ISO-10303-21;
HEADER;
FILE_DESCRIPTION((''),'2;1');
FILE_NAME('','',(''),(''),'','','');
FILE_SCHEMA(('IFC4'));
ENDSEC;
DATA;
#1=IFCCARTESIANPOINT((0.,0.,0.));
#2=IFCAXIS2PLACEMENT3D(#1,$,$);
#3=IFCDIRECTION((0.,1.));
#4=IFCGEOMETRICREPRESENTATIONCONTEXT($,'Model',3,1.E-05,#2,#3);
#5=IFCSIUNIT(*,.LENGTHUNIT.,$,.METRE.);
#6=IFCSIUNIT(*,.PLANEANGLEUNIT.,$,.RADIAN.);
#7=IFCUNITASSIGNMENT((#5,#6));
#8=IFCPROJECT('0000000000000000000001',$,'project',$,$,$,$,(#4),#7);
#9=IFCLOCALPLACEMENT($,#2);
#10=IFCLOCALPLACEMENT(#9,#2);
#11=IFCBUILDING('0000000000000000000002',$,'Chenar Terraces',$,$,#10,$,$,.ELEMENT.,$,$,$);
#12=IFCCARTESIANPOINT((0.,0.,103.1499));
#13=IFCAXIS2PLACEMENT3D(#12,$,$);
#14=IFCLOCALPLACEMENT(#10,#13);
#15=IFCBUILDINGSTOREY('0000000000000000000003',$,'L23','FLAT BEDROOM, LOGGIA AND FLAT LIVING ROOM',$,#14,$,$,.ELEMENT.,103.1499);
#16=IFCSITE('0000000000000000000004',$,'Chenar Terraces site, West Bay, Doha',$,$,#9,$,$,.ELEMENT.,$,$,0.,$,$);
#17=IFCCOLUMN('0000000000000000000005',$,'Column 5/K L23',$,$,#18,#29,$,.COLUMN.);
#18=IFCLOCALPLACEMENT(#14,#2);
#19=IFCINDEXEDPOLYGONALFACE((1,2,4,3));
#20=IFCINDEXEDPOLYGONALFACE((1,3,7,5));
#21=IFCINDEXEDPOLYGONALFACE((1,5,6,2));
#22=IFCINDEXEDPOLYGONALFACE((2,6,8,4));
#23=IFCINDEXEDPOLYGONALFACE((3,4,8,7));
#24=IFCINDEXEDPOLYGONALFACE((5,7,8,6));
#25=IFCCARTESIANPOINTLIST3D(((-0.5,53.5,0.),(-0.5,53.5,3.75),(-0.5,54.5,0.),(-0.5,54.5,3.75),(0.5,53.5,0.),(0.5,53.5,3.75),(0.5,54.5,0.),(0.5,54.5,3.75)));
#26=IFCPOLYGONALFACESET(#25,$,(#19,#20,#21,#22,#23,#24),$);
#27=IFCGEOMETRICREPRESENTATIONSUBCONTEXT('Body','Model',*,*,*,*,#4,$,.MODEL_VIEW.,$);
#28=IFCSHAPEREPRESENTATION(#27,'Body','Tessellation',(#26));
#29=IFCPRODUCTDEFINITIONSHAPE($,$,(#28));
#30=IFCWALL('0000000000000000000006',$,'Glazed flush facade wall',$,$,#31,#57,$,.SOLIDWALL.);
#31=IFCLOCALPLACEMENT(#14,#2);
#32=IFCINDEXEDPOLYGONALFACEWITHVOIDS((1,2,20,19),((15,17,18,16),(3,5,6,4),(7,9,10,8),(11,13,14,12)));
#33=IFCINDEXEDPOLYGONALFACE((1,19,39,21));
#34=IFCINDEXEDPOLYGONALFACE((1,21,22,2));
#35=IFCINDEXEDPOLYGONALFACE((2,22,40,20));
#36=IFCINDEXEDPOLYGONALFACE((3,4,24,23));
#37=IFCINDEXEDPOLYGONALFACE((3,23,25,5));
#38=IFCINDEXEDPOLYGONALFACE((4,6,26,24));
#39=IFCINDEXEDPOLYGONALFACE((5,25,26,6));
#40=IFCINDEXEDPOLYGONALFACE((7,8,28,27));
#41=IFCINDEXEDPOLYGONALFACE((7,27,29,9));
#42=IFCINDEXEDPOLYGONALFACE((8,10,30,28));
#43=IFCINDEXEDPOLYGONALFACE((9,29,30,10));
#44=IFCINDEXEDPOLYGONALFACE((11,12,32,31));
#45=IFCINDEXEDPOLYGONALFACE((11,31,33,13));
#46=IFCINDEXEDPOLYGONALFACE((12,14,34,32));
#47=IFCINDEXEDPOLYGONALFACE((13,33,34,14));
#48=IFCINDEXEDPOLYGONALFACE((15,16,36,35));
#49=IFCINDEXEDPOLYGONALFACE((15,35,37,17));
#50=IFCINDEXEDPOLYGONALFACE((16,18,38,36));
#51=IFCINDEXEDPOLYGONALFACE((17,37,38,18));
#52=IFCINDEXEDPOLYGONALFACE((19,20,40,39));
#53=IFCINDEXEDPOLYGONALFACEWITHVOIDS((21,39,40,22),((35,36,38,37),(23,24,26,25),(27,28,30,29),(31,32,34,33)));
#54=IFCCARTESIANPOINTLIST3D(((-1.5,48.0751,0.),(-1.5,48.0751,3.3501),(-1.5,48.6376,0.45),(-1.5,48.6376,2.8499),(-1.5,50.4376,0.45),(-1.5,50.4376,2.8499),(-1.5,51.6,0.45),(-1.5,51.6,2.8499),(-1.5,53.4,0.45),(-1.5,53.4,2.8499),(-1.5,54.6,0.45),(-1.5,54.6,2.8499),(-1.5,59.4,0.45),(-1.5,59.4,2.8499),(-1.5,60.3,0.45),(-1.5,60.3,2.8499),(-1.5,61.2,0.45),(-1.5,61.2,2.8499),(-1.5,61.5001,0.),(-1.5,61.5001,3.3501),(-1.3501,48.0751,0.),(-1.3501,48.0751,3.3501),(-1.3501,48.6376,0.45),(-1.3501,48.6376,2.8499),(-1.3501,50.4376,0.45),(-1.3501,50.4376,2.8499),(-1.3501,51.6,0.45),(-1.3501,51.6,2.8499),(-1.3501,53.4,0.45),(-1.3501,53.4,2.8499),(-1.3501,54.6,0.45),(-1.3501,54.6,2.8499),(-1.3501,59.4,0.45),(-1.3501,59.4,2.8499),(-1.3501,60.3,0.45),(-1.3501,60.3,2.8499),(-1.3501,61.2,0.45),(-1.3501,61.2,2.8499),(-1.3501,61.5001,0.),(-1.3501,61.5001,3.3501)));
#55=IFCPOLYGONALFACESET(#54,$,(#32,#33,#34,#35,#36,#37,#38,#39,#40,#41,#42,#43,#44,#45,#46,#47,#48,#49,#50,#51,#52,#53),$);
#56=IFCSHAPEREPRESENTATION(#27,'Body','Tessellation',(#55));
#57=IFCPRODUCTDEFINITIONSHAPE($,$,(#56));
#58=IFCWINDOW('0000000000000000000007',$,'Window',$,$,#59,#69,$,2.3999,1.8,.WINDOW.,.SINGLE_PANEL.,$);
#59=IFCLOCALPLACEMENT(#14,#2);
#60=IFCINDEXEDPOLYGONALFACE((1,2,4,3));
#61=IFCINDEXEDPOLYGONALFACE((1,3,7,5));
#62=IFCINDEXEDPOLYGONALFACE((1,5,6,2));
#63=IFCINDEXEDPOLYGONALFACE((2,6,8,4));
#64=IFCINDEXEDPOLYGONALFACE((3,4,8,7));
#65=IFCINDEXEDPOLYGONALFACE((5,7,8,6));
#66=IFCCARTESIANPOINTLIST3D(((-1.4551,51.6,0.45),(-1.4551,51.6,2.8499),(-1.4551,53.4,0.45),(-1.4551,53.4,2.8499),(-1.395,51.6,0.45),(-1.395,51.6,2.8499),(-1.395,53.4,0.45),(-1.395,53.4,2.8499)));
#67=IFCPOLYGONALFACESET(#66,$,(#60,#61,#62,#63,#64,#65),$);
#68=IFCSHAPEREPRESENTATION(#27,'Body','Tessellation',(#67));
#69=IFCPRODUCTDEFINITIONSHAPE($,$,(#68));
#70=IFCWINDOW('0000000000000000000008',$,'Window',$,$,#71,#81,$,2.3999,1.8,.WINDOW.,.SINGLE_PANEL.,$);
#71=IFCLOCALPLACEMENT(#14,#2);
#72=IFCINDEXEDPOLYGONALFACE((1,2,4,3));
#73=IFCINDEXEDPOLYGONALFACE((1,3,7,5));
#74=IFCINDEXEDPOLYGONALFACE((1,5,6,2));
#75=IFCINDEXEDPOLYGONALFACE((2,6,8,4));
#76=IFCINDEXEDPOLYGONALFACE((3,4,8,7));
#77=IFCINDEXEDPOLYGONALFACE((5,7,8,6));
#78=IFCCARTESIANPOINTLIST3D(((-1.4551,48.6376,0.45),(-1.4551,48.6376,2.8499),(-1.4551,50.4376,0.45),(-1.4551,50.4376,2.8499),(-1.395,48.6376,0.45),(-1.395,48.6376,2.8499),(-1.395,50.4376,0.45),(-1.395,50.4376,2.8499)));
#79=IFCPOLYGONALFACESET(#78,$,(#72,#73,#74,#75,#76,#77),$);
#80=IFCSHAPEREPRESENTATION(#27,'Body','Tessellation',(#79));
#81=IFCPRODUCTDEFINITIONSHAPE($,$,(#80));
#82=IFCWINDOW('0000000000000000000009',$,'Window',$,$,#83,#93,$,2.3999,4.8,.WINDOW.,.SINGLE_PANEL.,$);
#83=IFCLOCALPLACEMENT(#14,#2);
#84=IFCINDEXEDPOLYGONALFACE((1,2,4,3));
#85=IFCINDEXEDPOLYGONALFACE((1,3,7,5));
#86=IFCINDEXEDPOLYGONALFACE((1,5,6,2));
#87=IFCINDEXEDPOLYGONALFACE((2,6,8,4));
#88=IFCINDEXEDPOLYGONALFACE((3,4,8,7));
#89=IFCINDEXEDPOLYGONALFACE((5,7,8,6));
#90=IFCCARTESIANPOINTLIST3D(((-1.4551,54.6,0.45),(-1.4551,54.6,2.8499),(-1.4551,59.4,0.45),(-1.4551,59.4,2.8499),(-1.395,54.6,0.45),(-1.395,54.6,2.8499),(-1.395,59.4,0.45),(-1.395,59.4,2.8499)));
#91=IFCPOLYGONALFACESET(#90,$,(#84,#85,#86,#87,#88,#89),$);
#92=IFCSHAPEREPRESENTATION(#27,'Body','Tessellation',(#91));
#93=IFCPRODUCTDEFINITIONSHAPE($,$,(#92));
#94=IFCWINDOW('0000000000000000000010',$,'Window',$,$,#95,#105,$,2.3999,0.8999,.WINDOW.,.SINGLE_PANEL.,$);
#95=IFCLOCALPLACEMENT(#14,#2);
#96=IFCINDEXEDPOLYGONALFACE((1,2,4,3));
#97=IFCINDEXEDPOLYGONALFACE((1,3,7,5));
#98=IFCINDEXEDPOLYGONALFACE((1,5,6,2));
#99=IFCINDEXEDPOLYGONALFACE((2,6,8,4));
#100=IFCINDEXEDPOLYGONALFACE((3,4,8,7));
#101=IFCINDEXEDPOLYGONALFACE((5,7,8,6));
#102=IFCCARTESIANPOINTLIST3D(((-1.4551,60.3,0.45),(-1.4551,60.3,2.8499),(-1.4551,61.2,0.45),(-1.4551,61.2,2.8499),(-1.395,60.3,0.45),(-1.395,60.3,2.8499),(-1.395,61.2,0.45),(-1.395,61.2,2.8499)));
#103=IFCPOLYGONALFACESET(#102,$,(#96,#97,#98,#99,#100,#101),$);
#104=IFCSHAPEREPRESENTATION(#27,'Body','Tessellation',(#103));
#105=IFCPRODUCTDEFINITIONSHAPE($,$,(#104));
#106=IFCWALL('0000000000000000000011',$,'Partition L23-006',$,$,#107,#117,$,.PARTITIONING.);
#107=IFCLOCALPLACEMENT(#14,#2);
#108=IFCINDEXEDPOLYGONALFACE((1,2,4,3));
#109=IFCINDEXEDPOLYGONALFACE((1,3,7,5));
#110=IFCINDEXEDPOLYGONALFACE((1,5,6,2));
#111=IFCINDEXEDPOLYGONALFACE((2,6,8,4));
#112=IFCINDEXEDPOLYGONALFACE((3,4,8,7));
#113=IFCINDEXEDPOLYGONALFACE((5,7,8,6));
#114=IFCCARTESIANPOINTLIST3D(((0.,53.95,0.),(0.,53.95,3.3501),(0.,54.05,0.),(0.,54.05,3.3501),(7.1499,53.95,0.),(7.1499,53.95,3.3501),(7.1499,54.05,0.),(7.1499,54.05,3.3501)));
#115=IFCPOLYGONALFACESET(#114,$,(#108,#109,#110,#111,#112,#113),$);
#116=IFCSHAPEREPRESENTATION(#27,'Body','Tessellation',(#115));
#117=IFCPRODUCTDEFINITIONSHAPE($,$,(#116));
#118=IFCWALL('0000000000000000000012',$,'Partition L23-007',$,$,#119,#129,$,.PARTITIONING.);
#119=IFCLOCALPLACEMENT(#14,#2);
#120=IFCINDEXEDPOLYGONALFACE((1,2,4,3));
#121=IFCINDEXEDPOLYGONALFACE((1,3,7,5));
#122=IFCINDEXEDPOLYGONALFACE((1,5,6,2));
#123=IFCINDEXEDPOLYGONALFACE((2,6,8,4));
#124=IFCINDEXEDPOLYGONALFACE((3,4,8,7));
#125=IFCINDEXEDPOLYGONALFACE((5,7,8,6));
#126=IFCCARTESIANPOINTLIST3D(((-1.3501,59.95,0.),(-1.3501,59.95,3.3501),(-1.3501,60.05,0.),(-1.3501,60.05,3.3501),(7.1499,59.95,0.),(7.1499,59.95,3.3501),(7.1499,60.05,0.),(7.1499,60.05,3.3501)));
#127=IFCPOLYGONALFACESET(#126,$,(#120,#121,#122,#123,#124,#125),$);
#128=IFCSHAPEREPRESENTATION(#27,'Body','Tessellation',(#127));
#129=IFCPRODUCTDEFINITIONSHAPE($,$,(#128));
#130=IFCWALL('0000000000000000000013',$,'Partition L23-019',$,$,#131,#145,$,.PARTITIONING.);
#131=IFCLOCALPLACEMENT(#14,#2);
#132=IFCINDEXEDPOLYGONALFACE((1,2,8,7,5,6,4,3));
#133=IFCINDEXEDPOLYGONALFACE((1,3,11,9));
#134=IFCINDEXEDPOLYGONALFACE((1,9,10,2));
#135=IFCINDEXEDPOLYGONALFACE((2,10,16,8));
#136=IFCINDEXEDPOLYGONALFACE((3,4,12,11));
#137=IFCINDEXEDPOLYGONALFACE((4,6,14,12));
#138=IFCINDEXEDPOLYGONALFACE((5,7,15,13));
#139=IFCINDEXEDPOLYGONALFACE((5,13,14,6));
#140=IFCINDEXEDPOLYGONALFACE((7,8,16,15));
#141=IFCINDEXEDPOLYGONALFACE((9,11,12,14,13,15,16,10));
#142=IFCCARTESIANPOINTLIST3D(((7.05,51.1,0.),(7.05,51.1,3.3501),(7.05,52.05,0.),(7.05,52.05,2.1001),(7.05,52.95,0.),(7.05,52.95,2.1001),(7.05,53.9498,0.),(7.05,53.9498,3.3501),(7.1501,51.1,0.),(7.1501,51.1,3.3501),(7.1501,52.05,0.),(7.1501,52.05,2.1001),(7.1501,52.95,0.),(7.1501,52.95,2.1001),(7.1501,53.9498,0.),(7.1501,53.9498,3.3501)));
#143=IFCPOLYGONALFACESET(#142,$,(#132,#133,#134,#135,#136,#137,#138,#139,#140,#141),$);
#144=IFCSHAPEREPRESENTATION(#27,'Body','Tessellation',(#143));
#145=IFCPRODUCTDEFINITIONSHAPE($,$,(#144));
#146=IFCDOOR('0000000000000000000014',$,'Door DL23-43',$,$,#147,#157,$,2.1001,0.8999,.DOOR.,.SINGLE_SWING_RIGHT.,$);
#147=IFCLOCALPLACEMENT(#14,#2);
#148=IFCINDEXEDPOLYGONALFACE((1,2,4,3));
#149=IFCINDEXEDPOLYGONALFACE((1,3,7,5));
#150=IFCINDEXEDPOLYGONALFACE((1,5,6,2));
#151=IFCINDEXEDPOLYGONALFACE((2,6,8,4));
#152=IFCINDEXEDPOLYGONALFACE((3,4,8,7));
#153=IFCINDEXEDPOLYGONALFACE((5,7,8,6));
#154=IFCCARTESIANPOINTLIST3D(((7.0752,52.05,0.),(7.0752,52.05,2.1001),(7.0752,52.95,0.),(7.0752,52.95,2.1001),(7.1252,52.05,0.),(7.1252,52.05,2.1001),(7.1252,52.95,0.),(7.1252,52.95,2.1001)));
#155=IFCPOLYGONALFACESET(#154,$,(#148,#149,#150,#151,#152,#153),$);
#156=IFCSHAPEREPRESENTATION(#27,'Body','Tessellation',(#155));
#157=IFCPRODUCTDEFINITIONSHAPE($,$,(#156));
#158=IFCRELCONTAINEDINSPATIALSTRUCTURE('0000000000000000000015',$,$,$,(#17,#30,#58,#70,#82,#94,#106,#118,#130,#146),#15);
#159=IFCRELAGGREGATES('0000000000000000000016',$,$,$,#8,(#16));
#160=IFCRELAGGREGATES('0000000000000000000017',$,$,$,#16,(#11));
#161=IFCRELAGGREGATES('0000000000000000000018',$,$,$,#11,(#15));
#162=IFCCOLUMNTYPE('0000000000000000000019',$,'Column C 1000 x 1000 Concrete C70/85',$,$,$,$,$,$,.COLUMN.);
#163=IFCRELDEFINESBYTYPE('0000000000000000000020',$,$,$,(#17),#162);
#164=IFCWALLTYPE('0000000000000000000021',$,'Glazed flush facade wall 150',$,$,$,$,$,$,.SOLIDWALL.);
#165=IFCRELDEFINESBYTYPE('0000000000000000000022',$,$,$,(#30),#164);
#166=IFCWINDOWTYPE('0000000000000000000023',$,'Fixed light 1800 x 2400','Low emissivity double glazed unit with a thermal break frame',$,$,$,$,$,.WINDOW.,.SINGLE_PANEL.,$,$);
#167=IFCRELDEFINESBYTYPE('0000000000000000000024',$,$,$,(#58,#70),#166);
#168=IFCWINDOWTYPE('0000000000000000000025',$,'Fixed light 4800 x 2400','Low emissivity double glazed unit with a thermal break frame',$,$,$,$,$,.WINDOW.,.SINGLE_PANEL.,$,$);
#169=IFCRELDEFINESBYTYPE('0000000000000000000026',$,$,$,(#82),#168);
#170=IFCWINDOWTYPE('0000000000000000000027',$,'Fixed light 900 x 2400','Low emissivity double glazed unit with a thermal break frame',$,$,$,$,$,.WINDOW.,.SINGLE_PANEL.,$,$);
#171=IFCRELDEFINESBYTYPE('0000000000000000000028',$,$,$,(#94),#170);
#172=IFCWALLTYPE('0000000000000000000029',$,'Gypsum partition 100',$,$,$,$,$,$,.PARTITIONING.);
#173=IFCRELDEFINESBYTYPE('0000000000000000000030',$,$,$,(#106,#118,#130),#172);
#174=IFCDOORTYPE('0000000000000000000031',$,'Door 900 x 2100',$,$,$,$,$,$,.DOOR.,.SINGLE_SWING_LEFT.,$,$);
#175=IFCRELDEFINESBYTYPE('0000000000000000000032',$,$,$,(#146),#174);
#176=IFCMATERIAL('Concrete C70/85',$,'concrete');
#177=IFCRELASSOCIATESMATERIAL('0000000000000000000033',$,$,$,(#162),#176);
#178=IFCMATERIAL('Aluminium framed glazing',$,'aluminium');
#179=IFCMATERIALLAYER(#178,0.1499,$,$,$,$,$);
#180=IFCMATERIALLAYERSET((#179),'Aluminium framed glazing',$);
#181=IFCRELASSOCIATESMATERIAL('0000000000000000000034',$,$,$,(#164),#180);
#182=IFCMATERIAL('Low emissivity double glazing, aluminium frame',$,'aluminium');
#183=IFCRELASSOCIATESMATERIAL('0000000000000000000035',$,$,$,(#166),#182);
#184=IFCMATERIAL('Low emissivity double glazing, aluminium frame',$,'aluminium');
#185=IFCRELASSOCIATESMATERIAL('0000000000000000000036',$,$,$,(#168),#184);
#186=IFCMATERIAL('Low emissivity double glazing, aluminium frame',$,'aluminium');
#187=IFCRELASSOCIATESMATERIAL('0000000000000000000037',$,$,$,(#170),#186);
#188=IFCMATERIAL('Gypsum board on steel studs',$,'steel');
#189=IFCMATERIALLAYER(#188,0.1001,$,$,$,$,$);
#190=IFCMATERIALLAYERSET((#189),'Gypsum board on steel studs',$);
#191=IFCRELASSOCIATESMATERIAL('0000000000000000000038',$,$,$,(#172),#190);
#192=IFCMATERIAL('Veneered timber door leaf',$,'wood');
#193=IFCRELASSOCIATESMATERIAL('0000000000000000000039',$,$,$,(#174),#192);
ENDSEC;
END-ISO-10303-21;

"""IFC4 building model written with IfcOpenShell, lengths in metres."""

from ifc_helpers import new_model, si_unit, direction, frame, frame_2d, origin, origin_2d, place, context, subcontext, project, spatial, rectangle, extrude, material, layer, layer_set, material_profile, profile_set, type_object, element, fill, save


model = new_model("IFC4")

# Units and contexts
model_context = context("Model", 3, precision=1e-05, world=origin(), true_north=direction((0.0, 1.0)))
body_context = subcontext(model_context, "Body", "Model", "MODEL_VIEW")
ifc_project = project(units=[si_unit("LENGTHUNIT", "METRE"), si_unit("PLANEANGLEUNIT", "RADIAN")], contexts=[model_context])

# Site, building, storey
site_placement = place(None, origin())
site = spatial("IfcSite", under=ifc_project, at=site_placement, Name="Chenar Terraces site, West Bay, Doha", CompositionType="ELEMENT", RefElevation=0.0)
building_placement = place(site_placement, origin())
building = spatial("IfcBuilding", under=site, at=building_placement, Name="Chenar Terraces", CompositionType="ELEMENT")
storey_placement = place(building_placement, frame((0.0, 0.0, 103.1499)))
storey = spatial("IfcBuildingStorey", under=building, at=storey_placement, Name="L23", Description="FLAT BEDROOM, LOGGIA AND FLAT LIVING ROOM", CompositionType="ELEMENT", Elevation=103.1499)

# Column
ifc_material_1 = material(Name="Concrete C70/85", Category="concrete")
ifc_material_profile = material_profile(ifc_material_1, rectangle(XDim=1.0, YDim=1.0, at=origin_2d()), Name="C 1000 x 1000")
ifc_profile_set = profile_set([ifc_material_profile], Name="Concrete C70/85")
column_type = type_object("IfcColumnType", Name="Column C 1000 x 1000 Concrete C70/85", PredefinedType="COLUMN", material=ifc_profile_set)
placement = place(storey_placement, frame((0.0, 54.0, 0.0), z_axis=(0.0, 0.0, 1.0), x_axis=(1.0, 0.0, 0.0)))
element("IfcColumn", 1, at=placement, inside=storey, type_object=column_type, Name="Column 5/K L23", PredefinedType="COLUMN", context=body_context, shape_type="SweptSolid", body=[
    extrude(rectangle(XDim=1.0, YDim=1.0, at=origin_2d()), origin(), (0.0, 0.0, 1.0), 3.75),
])

# Wall, openings, windows
ifc_material_2 = material(Name="Aluminium framed glazing", Category="aluminium")
ifc_layer_1 = layer(ifc_material_2, 0.1499)
ifc_layer_set_1 = layer_set([ifc_layer_1], Name="Aluminium framed glazing")
wall_type_1 = type_object("IfcWallType", Name="Glazed flush facade wall 150", PredefinedType="SOLIDWALL", material=ifc_layer_set_1)
wall_1_placement = place(storey_placement, frame((-1.425, 61.5, 0.0), z_axis=(0.0, 0.0, 1.0), x_axis=(0.0, -1.0, 0.0)))
wall_1 = element("IfcWall", 2, at=wall_1_placement, inside=storey, type_object=wall_type_1, Name="Glazed flush facade wall", PredefinedType="SOLIDWALL", context=body_context, shape_type="SweptSolid", body=[
    extrude(rectangle(XDim=13.425, YDim=0.1499, at=frame_2d((6.7124, 0.0))), origin(), (0.0, 0.0, 1.0), 3.3501),
])
opening_1_placement = place(wall_1_placement, frame((0.3, 0.0, 0.45)))
opening_1 = element("IfcOpeningElement", 3, at=opening_1_placement, cuts=wall_1, PredefinedType="OPENING", context=body_context, shape_type="SweptSolid", body=[
    extrude(rectangle(XDim=0.8999, YDim=2.3999, at=frame_2d((0.45, 1.2))), frame((0.0, 0.085, 0.0), z_axis=(0.0, -1.0, 0.0), x_axis=(1.0, 0.0, 0.0)), (0.0, 0.0, 1.0), 0.1699),
])
opening_2_placement = place(wall_1_placement, frame((2.1001, 0.0, 0.45)))
opening_2 = element("IfcOpeningElement", 4, at=opening_2_placement, cuts=wall_1, PredefinedType="OPENING", context=body_context, shape_type="SweptSolid", body=[
    extrude(rectangle(XDim=4.8, YDim=2.3999, at=frame_2d((2.3999, 1.2))), frame((0.0, 0.085, 0.0), z_axis=(0.0, -1.0, 0.0), x_axis=(1.0, 0.0, 0.0)), (0.0, 0.0, 1.0), 0.1699),
])
opening_3_placement = place(wall_1_placement, frame((8.1001, 0.0, 0.45)))
opening_3 = element("IfcOpeningElement", 5, at=opening_3_placement, cuts=wall_1, PredefinedType="OPENING", context=body_context, shape_type="SweptSolid", body=[
    extrude(rectangle(XDim=1.8, YDim=2.3999, at=frame_2d((0.8999, 1.2))), frame((0.0, 0.085, 0.0), z_axis=(0.0, -1.0, 0.0), x_axis=(1.0, 0.0, 0.0)), (0.0, 0.0, 1.0), 0.1699),
])
opening_4_placement = place(wall_1_placement, frame((11.0625, 0.0, 0.45)))
opening_4 = element("IfcOpeningElement", 6, at=opening_4_placement, cuts=wall_1, PredefinedType="OPENING", context=body_context, shape_type="SweptSolid", body=[
    extrude(rectangle(XDim=1.8, YDim=2.3999, at=frame_2d((0.8999, 1.2))), frame((0.0, 0.085, 0.0), z_axis=(0.0, -1.0, 0.0), x_axis=(1.0, 0.0, 0.0)), (0.0, 0.0, 1.0), 0.1699),
])
ifc_material_3 = material(Name="Low emissivity double glazing, aluminium frame", Category="aluminium")
window_type_1 = type_object("IfcWindowType", Name="Fixed light 1800 x 2400", Description="Low emissivity double glazed unit with a thermal break frame", PartitioningType="SINGLE_PANEL", PredefinedType="WINDOW", material=ifc_material_3)
window_1_placement = place(opening_3_placement, origin())
window_1 = element("IfcWindow", 7, at=window_1_placement, inside=storey, type_object=window_type_1, Name="Window", OverallHeight=2.3999, OverallWidth=1.8, PartitioningType="SINGLE_PANEL", PredefinedType="WINDOW", context=body_context, shape_type="SweptSolid", body=[
    extrude(rectangle(XDim=1.8, YDim=2.3999, at=frame_2d((0.8999, 1.2))), frame((0.0, 0.03, 0.0), z_axis=(0.0, -1.0, 0.0), x_axis=(1.0, 0.0, 0.0)), (0.0, 0.0, 1.0), 0.0601),
])
fill(opening_3, window_1)
window_2_placement = place(opening_4_placement, origin())
window_2 = element("IfcWindow", 8, at=window_2_placement, inside=storey, type_object=window_type_1, Name="Window", OverallHeight=2.3999, OverallWidth=1.8, PartitioningType="SINGLE_PANEL", PredefinedType="WINDOW", context=body_context, shape_type="SweptSolid", body=[
    extrude(rectangle(XDim=1.8, YDim=2.3999, at=frame_2d((0.8999, 1.2))), frame((0.0, 0.03, 0.0), z_axis=(0.0, -1.0, 0.0), x_axis=(1.0, 0.0, 0.0)), (0.0, 0.0, 1.0), 0.0601),
])
fill(opening_4, window_2)
ifc_material_4 = material(Name="Low emissivity double glazing, aluminium frame", Category="aluminium")
window_type_2 = type_object("IfcWindowType", Name="Fixed light 4800 x 2400", Description="Low emissivity double glazed unit with a thermal break frame", PartitioningType="SINGLE_PANEL", PredefinedType="WINDOW", material=ifc_material_4)
window_3_placement = place(opening_2_placement, origin())
window_3 = element("IfcWindow", 9, at=window_3_placement, inside=storey, type_object=window_type_2, Name="Window", OverallHeight=2.3999, OverallWidth=4.8, PartitioningType="SINGLE_PANEL", PredefinedType="WINDOW", context=body_context, shape_type="SweptSolid", body=[
    extrude(rectangle(XDim=4.8, YDim=2.3999, at=frame_2d((2.3999, 1.2))), frame((0.0, 0.03, 0.0), z_axis=(0.0, -1.0, 0.0), x_axis=(1.0, 0.0, 0.0)), (0.0, 0.0, 1.0), 0.0601),
])
fill(opening_2, window_3)
ifc_material_5 = material(Name="Low emissivity double glazing, aluminium frame", Category="aluminium")
window_type_3 = type_object("IfcWindowType", Name="Fixed light 900 x 2400", Description="Low emissivity double glazed unit with a thermal break frame", PartitioningType="SINGLE_PANEL", PredefinedType="WINDOW", material=ifc_material_5)
window_4_placement = place(opening_1_placement, origin())
window_4 = element("IfcWindow", 10, at=window_4_placement, inside=storey, type_object=window_type_3, Name="Window", OverallHeight=2.3999, OverallWidth=0.8999, PartitioningType="SINGLE_PANEL", PredefinedType="WINDOW", context=body_context, shape_type="SweptSolid", body=[
    extrude(rectangle(XDim=0.8999, YDim=2.3999, at=frame_2d((0.45, 1.2))), frame((0.0, 0.03, 0.0), z_axis=(0.0, -1.0, 0.0), x_axis=(1.0, 0.0, 0.0)), (0.0, 0.0, 1.0), 0.0601),
])
fill(opening_1, window_4)

# Walls
ifc_material_6 = material(Name="Gypsum board on steel studs", Category="steel")
ifc_layer_2 = layer(ifc_material_6, 0.1001)
ifc_layer_set_2 = layer_set([ifc_layer_2], Name="Gypsum board on steel studs")
wall_type_2 = type_object("IfcWallType", Name="Gypsum partition 100", PredefinedType="PARTITIONING", material=ifc_layer_set_2)
element("IfcWall", 11, at=placement, inside=storey, type_object=wall_type_2, Name="Partition L23-006", PredefinedType="PARTITIONING", context=body_context, shape_type="SweptSolid", body=[
    extrude(rectangle(XDim=7.1499, YDim=0.1001, at=frame_2d((3.575, 0.0))), origin(), (0.0, 0.0, 1.0), 3.3501),
])
wall_2_placement = place(storey_placement, frame((-1.3501, 60.0, 0.0), z_axis=(0.0, 0.0, 1.0), x_axis=(1.0, 0.0, 0.0)))
element("IfcWall", 12, at=wall_2_placement, inside=storey, type_object=wall_type_2, Name="Partition L23-007", PredefinedType="PARTITIONING", context=body_context, shape_type="SweptSolid", body=[
    extrude(rectangle(XDim=8.5, YDim=0.1001, at=frame_2d((4.25, 0.0))), origin(), (0.0, 0.0, 1.0), 3.3501),
])

# Wall, opening, door
wall_3_placement = place(storey_placement, frame((7.1001, 51.1001, 0.0), z_axis=(0.0, 0.0, 1.0), x_axis=(0.0, 1.0, 0.0)))
wall_3 = element("IfcWall", 13, at=wall_3_placement, inside=storey, type_object=wall_type_2, Name="Partition L23-019", PredefinedType="PARTITIONING", context=body_context, shape_type="SweptSolid", body=[
    extrude(rectangle(XDim=2.8499, YDim=0.1001, at=frame_2d((1.4248, 0.0))), origin(), (0.0, 0.0, 1.0), 3.3501),
])
opening_5_placement = place(wall_3_placement, frame((0.95, 0.0, 0.0)))
opening_5 = element("IfcOpeningElement", 14, at=opening_5_placement, cuts=wall_3, PredefinedType="OPENING", context=body_context, shape_type="SweptSolid", body=[
    extrude(rectangle(XDim=0.8999, YDim=2.1001, at=frame_2d((0.45, 1.05))), frame((0.0, 0.0601, 0.0), z_axis=(0.0, -1.0, 0.0), x_axis=(1.0, 0.0, 0.0)), (0.0, 0.0, 1.0), 0.1201),
])
ifc_material_7 = material(Name="Veneered timber door leaf", Category="wood")
door_type_1 = type_object("IfcDoorType", Name="Door 900 x 2100", OperationType="SINGLE_SWING_LEFT", PredefinedType="DOOR", material=ifc_material_7)
door_1_placement = place(opening_5_placement, origin())
door_1 = element("IfcDoor", 15, at=door_1_placement, inside=storey, type_object=door_type_1, Name="Door DL23-43", OperationType="SINGLE_SWING_RIGHT", OverallHeight=2.1001, OverallWidth=0.8999, PredefinedType="DOOR", context=body_context, shape_type="SweptSolid", body=[
    extrude(rectangle(XDim=0.8999, YDim=2.1001, at=frame_2d((0.45, 1.05))), frame((0.0, 0.0249, 0.0), z_axis=(0.0, -1.0, 0.0), x_axis=(1.0, 0.0, 0.0)), (0.0, 0.0, 1.0), 0.05),
])
fill(opening_5, door_1)

save(model, "model.ifc")
